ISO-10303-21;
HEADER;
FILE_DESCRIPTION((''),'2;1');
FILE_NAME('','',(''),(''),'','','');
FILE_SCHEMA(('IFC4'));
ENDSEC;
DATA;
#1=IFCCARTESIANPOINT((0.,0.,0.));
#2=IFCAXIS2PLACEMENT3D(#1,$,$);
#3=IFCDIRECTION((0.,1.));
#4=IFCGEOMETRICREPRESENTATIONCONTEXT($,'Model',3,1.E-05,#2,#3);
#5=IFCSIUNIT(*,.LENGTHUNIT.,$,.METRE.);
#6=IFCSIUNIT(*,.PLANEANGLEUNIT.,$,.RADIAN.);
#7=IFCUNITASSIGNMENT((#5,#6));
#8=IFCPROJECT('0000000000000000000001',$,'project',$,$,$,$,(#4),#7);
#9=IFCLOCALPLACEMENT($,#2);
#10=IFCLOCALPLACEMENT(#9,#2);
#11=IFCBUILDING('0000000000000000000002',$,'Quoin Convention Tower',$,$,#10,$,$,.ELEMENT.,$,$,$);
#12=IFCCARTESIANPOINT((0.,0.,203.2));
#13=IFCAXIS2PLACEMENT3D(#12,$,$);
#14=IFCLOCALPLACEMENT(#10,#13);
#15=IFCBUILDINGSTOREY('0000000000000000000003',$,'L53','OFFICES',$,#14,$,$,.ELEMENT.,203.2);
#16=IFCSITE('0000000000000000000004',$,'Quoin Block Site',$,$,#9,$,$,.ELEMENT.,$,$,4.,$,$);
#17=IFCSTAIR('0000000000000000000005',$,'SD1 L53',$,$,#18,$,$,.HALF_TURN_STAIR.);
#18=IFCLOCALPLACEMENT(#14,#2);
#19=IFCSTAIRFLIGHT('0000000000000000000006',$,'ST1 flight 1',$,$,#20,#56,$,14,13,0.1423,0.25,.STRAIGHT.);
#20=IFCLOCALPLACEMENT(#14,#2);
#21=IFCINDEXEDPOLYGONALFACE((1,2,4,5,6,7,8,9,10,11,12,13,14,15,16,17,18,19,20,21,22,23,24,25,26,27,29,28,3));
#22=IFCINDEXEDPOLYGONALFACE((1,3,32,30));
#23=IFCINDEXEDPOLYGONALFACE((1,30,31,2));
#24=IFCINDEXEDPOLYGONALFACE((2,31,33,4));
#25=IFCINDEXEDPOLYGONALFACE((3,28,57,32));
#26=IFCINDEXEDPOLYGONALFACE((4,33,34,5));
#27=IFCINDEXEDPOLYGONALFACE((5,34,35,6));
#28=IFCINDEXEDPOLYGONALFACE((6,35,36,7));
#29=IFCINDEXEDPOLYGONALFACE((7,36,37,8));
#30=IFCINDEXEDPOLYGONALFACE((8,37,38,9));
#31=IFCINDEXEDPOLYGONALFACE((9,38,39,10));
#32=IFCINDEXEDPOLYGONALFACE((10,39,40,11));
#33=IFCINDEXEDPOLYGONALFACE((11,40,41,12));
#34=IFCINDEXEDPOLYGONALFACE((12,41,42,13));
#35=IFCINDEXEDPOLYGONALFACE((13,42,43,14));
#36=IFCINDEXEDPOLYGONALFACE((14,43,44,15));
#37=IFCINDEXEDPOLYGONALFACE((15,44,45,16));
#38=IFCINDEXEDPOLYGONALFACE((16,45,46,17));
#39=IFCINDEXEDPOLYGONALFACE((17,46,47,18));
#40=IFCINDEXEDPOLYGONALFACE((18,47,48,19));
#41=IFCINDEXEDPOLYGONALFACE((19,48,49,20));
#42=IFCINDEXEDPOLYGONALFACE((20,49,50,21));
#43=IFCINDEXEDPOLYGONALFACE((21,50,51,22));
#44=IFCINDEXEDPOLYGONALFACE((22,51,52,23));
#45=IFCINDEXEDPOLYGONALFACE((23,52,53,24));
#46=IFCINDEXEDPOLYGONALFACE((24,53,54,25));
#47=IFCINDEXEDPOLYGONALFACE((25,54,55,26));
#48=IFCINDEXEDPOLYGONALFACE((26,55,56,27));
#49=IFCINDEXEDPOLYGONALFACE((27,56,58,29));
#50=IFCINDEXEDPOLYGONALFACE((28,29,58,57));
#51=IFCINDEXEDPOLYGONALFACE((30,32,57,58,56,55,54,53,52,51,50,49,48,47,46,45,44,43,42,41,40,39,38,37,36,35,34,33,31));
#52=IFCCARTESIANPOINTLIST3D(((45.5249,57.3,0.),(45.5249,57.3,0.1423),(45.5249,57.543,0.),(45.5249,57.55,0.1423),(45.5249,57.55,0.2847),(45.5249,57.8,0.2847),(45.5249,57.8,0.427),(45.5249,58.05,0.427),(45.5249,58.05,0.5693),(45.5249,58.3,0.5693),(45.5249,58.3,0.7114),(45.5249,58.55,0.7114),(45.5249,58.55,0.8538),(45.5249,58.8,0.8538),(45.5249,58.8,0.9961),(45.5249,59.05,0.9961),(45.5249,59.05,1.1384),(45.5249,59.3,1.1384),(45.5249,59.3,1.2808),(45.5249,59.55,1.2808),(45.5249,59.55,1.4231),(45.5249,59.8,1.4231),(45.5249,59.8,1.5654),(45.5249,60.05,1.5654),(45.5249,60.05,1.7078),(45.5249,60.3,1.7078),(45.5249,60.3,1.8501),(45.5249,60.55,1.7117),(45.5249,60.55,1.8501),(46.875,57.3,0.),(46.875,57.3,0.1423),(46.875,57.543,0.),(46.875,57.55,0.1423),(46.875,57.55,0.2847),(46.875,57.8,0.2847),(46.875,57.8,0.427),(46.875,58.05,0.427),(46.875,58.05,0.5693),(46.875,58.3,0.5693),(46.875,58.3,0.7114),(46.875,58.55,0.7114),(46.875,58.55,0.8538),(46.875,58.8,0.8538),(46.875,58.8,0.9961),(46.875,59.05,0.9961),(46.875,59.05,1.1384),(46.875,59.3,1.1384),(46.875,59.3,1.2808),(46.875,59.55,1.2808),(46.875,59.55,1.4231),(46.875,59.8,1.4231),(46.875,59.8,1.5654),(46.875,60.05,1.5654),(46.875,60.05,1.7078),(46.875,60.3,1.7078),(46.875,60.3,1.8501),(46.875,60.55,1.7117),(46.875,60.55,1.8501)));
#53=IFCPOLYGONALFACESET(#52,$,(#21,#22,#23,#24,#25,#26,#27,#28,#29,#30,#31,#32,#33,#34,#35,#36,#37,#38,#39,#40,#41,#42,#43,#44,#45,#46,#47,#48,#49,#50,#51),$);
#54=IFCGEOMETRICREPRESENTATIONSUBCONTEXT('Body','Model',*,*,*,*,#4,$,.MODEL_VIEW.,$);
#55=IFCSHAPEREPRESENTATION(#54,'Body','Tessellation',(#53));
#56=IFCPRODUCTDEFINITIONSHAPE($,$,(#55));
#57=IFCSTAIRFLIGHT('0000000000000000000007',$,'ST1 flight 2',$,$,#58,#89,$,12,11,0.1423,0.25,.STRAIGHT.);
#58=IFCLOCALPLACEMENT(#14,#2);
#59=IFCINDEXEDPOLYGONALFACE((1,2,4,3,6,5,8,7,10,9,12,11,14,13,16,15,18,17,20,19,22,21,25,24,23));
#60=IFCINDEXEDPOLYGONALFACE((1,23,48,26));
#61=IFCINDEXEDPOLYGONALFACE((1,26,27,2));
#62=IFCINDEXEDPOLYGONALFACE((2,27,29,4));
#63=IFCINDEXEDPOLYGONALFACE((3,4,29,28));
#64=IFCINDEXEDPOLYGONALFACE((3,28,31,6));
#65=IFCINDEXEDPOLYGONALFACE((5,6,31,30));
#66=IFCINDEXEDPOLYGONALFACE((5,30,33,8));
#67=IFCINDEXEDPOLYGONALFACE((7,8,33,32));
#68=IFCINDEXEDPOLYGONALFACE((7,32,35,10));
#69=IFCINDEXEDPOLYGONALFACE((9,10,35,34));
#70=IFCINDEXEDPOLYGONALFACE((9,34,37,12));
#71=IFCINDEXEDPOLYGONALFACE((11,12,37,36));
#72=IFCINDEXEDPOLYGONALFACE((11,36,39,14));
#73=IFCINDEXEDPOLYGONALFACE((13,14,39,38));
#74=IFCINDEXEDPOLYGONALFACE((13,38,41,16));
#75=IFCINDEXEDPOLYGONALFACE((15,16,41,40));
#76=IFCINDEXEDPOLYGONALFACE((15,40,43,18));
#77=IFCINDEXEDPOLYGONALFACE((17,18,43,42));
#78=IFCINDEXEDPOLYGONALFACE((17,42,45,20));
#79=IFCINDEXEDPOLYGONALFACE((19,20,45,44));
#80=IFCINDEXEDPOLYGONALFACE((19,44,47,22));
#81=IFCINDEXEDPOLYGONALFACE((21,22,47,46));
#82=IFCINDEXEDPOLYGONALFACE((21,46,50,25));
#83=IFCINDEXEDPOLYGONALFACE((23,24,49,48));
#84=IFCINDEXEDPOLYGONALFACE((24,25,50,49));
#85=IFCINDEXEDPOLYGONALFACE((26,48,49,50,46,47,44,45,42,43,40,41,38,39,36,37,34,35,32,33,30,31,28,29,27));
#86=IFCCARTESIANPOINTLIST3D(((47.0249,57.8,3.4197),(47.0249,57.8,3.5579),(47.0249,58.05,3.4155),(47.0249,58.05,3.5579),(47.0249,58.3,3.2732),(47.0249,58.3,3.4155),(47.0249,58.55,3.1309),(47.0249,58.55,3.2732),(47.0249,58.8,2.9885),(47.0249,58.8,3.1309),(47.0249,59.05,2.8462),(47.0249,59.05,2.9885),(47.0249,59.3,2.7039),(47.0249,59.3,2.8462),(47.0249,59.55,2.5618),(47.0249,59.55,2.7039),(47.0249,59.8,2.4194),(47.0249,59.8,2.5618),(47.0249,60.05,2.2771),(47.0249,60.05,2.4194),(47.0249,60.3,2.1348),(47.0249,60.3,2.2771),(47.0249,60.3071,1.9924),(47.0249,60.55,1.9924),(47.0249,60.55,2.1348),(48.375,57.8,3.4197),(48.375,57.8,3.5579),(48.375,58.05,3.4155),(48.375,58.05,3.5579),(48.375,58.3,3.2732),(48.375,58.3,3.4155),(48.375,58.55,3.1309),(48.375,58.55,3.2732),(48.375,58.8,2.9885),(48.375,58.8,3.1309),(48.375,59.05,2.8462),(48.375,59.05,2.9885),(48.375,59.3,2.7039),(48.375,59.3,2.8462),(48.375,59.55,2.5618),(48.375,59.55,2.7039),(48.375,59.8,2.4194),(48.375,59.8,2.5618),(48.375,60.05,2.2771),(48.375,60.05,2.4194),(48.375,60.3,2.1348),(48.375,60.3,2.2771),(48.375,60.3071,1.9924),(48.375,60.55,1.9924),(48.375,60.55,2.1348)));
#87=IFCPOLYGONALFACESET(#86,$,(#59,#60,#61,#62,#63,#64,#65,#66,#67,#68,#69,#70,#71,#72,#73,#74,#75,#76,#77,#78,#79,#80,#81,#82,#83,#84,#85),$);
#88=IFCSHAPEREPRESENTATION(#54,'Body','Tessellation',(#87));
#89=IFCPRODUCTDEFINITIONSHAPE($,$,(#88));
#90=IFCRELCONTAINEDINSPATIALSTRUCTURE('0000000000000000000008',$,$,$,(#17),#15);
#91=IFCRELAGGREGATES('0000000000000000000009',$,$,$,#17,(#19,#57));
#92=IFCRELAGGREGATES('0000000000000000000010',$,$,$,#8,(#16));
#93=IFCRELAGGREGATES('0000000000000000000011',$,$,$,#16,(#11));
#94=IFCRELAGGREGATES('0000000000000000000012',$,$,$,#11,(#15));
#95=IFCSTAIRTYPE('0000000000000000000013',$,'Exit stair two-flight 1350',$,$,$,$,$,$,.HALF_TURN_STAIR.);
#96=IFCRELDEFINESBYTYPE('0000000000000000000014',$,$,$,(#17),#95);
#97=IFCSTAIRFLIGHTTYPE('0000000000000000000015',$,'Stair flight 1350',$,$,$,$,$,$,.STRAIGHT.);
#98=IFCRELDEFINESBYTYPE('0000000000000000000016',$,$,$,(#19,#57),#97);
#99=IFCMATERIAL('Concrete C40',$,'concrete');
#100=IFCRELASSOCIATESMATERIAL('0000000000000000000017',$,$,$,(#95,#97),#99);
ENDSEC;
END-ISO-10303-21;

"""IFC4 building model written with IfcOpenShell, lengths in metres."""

from ifc_helpers import new_model, si_unit, direction, frame, origin, place, context, subcontext, project, spatial, polyline, outline, extrude, material, type_object, element, aggregate, save


model = new_model("IFC4")

# Units and contexts
model_context = context("Model", 3, precision=1e-05, world=origin(), true_north=direction((0.0, 1.0)))
body_context = subcontext(model_context, "Body", "Model", "MODEL_VIEW")
ifc_project = project(units=[si_unit("LENGTHUNIT", "METRE"), si_unit("PLANEANGLEUNIT", "RADIAN")], contexts=[model_context])

# Site, building, storey
site_placement = place(None, origin())
site = spatial("IfcSite", under=ifc_project, at=site_placement, Name="Quoin Block Site", CompositionType="ELEMENT", RefElevation=4.0)
building_placement = place(site_placement, origin())
building = spatial("IfcBuilding", under=site, at=building_placement, Name="Quoin Convention Tower", CompositionType="ELEMENT")
storey_placement = place(building_placement, frame((0.0, 0.0, 203.2)))
storey = spatial("IfcBuildingStorey", under=building, at=storey_placement, Name="L53", Description="OFFICES", CompositionType="ELEMENT", Elevation=203.2)

# Stair, stair flights
ifc_material_1 = material(Name="Concrete C40", Category="concrete")
stair_type = type_object("IfcStairType", Name="Exit stair two-flight 1350", PredefinedType="HALF_TURN_STAIR", material=ifc_material_1)
stair_placement = place(storey_placement, origin())
stair = element("IfcStair", 1, at=stair_placement, inside=storey, type_object=stair_type, Name="SD1 L53", PredefinedType="HALF_TURN_STAIR")
stair_flight_type = type_object("IfcStairFlightType", Name="Stair flight 1350", PredefinedType="STRAIGHT", material=ifc_material_1)
stair_flight_1_placement = place(storey_placement, frame((46.2, 57.3, 0.0), z_axis=(0.0, 0.0, 1.0), x_axis=(0.0, 1.0, 0.0)))
stair_flight_1 = element("IfcStairFlight", 2, at=stair_flight_1_placement, type_object=stair_flight_type, Name="ST1 flight 1", NumberOfRisers=14, NumberOfTreads=13, PredefinedType="STRAIGHT", RiserHeight=0.1423, TreadLength=0.25, context=body_context, shape_type="SweptSolid", body=[
    extrude(outline(polyline([(0.0, 0.0), (0.0, 0.1423), (0.25, 0.1423), (0.25, 0.2847), (0.5, 0.2847), (0.5, 0.427), (0.75, 0.427), (0.75, 0.5693), (1.0, 0.5693), (1.0, 0.7114), (1.25, 0.7114), (1.25, 0.8538), (1.5, 0.8538), (1.5, 0.9961), (1.75, 0.9961), (1.75, 1.1384), (2.0, 1.1384), (2.0, 1.2808), (2.25, 1.2808), (2.25, 1.4231), (2.5, 1.4231), (2.5, 1.5654), (2.75, 1.5654), (2.75, 1.7078), (3.0, 1.7078), (3.0, 1.8501), (3.25, 1.8501), (3.25, 1.9922), (3.25, 1.7117), (0.2429, 0.0), (0.0, 0.0)])), frame((0.0, 0.675, 0.0), z_axis=(0.0, -1.0, 0.0), x_axis=(1.0, 0.0, 0.0)), (0.0, 0.0, 1.0), 1.3501),
])
stair_flight_2_placement = place(storey_placement, frame((47.7, 60.55, 1.9924), z_axis=(0.0, 0.0, 1.0), x_axis=(0.0, -1.0, 0.0)))
stair_flight_2 = element("IfcStairFlight", 3, at=stair_flight_2_placement, type_object=stair_flight_type, Name="ST1 flight 2", NumberOfRisers=12, NumberOfTreads=11, PredefinedType="STRAIGHT", RiserHeight=0.1423, TreadLength=0.25, context=body_context, shape_type="SweptSolid", body=[
    extrude(outline(polyline([(0.0, 0.0), (0.0, 0.1423), (0.25, 0.1423), (0.25, 0.2847), (0.5, 0.2847), (0.5, 0.427), (0.75, 0.427), (0.75, 0.5693), (1.0, 0.5693), (1.0, 0.7114), (1.25, 0.7114), (1.25, 0.8538), (1.5, 0.8538), (1.5, 0.9961), (1.75, 0.9961), (1.75, 1.1384), (2.0, 1.1384), (2.0, 1.2808), (2.25, 1.2808), (2.25, 1.4231), (2.5, 1.4231), (2.5, 1.5654), (2.75, 1.5654), (2.75, 1.7078), (2.75, 1.4272), (0.2429, 0.0), (0.0, 0.0)])), frame((0.0, 0.675, 0.0), z_axis=(0.0, -1.0, 0.0), x_axis=(1.0, 0.0, 0.0)), (0.0, 0.0, 1.0), 1.3501),
])
aggregate(stair, [stair_flight_1, stair_flight_2])

save(model, "model.ifc")
